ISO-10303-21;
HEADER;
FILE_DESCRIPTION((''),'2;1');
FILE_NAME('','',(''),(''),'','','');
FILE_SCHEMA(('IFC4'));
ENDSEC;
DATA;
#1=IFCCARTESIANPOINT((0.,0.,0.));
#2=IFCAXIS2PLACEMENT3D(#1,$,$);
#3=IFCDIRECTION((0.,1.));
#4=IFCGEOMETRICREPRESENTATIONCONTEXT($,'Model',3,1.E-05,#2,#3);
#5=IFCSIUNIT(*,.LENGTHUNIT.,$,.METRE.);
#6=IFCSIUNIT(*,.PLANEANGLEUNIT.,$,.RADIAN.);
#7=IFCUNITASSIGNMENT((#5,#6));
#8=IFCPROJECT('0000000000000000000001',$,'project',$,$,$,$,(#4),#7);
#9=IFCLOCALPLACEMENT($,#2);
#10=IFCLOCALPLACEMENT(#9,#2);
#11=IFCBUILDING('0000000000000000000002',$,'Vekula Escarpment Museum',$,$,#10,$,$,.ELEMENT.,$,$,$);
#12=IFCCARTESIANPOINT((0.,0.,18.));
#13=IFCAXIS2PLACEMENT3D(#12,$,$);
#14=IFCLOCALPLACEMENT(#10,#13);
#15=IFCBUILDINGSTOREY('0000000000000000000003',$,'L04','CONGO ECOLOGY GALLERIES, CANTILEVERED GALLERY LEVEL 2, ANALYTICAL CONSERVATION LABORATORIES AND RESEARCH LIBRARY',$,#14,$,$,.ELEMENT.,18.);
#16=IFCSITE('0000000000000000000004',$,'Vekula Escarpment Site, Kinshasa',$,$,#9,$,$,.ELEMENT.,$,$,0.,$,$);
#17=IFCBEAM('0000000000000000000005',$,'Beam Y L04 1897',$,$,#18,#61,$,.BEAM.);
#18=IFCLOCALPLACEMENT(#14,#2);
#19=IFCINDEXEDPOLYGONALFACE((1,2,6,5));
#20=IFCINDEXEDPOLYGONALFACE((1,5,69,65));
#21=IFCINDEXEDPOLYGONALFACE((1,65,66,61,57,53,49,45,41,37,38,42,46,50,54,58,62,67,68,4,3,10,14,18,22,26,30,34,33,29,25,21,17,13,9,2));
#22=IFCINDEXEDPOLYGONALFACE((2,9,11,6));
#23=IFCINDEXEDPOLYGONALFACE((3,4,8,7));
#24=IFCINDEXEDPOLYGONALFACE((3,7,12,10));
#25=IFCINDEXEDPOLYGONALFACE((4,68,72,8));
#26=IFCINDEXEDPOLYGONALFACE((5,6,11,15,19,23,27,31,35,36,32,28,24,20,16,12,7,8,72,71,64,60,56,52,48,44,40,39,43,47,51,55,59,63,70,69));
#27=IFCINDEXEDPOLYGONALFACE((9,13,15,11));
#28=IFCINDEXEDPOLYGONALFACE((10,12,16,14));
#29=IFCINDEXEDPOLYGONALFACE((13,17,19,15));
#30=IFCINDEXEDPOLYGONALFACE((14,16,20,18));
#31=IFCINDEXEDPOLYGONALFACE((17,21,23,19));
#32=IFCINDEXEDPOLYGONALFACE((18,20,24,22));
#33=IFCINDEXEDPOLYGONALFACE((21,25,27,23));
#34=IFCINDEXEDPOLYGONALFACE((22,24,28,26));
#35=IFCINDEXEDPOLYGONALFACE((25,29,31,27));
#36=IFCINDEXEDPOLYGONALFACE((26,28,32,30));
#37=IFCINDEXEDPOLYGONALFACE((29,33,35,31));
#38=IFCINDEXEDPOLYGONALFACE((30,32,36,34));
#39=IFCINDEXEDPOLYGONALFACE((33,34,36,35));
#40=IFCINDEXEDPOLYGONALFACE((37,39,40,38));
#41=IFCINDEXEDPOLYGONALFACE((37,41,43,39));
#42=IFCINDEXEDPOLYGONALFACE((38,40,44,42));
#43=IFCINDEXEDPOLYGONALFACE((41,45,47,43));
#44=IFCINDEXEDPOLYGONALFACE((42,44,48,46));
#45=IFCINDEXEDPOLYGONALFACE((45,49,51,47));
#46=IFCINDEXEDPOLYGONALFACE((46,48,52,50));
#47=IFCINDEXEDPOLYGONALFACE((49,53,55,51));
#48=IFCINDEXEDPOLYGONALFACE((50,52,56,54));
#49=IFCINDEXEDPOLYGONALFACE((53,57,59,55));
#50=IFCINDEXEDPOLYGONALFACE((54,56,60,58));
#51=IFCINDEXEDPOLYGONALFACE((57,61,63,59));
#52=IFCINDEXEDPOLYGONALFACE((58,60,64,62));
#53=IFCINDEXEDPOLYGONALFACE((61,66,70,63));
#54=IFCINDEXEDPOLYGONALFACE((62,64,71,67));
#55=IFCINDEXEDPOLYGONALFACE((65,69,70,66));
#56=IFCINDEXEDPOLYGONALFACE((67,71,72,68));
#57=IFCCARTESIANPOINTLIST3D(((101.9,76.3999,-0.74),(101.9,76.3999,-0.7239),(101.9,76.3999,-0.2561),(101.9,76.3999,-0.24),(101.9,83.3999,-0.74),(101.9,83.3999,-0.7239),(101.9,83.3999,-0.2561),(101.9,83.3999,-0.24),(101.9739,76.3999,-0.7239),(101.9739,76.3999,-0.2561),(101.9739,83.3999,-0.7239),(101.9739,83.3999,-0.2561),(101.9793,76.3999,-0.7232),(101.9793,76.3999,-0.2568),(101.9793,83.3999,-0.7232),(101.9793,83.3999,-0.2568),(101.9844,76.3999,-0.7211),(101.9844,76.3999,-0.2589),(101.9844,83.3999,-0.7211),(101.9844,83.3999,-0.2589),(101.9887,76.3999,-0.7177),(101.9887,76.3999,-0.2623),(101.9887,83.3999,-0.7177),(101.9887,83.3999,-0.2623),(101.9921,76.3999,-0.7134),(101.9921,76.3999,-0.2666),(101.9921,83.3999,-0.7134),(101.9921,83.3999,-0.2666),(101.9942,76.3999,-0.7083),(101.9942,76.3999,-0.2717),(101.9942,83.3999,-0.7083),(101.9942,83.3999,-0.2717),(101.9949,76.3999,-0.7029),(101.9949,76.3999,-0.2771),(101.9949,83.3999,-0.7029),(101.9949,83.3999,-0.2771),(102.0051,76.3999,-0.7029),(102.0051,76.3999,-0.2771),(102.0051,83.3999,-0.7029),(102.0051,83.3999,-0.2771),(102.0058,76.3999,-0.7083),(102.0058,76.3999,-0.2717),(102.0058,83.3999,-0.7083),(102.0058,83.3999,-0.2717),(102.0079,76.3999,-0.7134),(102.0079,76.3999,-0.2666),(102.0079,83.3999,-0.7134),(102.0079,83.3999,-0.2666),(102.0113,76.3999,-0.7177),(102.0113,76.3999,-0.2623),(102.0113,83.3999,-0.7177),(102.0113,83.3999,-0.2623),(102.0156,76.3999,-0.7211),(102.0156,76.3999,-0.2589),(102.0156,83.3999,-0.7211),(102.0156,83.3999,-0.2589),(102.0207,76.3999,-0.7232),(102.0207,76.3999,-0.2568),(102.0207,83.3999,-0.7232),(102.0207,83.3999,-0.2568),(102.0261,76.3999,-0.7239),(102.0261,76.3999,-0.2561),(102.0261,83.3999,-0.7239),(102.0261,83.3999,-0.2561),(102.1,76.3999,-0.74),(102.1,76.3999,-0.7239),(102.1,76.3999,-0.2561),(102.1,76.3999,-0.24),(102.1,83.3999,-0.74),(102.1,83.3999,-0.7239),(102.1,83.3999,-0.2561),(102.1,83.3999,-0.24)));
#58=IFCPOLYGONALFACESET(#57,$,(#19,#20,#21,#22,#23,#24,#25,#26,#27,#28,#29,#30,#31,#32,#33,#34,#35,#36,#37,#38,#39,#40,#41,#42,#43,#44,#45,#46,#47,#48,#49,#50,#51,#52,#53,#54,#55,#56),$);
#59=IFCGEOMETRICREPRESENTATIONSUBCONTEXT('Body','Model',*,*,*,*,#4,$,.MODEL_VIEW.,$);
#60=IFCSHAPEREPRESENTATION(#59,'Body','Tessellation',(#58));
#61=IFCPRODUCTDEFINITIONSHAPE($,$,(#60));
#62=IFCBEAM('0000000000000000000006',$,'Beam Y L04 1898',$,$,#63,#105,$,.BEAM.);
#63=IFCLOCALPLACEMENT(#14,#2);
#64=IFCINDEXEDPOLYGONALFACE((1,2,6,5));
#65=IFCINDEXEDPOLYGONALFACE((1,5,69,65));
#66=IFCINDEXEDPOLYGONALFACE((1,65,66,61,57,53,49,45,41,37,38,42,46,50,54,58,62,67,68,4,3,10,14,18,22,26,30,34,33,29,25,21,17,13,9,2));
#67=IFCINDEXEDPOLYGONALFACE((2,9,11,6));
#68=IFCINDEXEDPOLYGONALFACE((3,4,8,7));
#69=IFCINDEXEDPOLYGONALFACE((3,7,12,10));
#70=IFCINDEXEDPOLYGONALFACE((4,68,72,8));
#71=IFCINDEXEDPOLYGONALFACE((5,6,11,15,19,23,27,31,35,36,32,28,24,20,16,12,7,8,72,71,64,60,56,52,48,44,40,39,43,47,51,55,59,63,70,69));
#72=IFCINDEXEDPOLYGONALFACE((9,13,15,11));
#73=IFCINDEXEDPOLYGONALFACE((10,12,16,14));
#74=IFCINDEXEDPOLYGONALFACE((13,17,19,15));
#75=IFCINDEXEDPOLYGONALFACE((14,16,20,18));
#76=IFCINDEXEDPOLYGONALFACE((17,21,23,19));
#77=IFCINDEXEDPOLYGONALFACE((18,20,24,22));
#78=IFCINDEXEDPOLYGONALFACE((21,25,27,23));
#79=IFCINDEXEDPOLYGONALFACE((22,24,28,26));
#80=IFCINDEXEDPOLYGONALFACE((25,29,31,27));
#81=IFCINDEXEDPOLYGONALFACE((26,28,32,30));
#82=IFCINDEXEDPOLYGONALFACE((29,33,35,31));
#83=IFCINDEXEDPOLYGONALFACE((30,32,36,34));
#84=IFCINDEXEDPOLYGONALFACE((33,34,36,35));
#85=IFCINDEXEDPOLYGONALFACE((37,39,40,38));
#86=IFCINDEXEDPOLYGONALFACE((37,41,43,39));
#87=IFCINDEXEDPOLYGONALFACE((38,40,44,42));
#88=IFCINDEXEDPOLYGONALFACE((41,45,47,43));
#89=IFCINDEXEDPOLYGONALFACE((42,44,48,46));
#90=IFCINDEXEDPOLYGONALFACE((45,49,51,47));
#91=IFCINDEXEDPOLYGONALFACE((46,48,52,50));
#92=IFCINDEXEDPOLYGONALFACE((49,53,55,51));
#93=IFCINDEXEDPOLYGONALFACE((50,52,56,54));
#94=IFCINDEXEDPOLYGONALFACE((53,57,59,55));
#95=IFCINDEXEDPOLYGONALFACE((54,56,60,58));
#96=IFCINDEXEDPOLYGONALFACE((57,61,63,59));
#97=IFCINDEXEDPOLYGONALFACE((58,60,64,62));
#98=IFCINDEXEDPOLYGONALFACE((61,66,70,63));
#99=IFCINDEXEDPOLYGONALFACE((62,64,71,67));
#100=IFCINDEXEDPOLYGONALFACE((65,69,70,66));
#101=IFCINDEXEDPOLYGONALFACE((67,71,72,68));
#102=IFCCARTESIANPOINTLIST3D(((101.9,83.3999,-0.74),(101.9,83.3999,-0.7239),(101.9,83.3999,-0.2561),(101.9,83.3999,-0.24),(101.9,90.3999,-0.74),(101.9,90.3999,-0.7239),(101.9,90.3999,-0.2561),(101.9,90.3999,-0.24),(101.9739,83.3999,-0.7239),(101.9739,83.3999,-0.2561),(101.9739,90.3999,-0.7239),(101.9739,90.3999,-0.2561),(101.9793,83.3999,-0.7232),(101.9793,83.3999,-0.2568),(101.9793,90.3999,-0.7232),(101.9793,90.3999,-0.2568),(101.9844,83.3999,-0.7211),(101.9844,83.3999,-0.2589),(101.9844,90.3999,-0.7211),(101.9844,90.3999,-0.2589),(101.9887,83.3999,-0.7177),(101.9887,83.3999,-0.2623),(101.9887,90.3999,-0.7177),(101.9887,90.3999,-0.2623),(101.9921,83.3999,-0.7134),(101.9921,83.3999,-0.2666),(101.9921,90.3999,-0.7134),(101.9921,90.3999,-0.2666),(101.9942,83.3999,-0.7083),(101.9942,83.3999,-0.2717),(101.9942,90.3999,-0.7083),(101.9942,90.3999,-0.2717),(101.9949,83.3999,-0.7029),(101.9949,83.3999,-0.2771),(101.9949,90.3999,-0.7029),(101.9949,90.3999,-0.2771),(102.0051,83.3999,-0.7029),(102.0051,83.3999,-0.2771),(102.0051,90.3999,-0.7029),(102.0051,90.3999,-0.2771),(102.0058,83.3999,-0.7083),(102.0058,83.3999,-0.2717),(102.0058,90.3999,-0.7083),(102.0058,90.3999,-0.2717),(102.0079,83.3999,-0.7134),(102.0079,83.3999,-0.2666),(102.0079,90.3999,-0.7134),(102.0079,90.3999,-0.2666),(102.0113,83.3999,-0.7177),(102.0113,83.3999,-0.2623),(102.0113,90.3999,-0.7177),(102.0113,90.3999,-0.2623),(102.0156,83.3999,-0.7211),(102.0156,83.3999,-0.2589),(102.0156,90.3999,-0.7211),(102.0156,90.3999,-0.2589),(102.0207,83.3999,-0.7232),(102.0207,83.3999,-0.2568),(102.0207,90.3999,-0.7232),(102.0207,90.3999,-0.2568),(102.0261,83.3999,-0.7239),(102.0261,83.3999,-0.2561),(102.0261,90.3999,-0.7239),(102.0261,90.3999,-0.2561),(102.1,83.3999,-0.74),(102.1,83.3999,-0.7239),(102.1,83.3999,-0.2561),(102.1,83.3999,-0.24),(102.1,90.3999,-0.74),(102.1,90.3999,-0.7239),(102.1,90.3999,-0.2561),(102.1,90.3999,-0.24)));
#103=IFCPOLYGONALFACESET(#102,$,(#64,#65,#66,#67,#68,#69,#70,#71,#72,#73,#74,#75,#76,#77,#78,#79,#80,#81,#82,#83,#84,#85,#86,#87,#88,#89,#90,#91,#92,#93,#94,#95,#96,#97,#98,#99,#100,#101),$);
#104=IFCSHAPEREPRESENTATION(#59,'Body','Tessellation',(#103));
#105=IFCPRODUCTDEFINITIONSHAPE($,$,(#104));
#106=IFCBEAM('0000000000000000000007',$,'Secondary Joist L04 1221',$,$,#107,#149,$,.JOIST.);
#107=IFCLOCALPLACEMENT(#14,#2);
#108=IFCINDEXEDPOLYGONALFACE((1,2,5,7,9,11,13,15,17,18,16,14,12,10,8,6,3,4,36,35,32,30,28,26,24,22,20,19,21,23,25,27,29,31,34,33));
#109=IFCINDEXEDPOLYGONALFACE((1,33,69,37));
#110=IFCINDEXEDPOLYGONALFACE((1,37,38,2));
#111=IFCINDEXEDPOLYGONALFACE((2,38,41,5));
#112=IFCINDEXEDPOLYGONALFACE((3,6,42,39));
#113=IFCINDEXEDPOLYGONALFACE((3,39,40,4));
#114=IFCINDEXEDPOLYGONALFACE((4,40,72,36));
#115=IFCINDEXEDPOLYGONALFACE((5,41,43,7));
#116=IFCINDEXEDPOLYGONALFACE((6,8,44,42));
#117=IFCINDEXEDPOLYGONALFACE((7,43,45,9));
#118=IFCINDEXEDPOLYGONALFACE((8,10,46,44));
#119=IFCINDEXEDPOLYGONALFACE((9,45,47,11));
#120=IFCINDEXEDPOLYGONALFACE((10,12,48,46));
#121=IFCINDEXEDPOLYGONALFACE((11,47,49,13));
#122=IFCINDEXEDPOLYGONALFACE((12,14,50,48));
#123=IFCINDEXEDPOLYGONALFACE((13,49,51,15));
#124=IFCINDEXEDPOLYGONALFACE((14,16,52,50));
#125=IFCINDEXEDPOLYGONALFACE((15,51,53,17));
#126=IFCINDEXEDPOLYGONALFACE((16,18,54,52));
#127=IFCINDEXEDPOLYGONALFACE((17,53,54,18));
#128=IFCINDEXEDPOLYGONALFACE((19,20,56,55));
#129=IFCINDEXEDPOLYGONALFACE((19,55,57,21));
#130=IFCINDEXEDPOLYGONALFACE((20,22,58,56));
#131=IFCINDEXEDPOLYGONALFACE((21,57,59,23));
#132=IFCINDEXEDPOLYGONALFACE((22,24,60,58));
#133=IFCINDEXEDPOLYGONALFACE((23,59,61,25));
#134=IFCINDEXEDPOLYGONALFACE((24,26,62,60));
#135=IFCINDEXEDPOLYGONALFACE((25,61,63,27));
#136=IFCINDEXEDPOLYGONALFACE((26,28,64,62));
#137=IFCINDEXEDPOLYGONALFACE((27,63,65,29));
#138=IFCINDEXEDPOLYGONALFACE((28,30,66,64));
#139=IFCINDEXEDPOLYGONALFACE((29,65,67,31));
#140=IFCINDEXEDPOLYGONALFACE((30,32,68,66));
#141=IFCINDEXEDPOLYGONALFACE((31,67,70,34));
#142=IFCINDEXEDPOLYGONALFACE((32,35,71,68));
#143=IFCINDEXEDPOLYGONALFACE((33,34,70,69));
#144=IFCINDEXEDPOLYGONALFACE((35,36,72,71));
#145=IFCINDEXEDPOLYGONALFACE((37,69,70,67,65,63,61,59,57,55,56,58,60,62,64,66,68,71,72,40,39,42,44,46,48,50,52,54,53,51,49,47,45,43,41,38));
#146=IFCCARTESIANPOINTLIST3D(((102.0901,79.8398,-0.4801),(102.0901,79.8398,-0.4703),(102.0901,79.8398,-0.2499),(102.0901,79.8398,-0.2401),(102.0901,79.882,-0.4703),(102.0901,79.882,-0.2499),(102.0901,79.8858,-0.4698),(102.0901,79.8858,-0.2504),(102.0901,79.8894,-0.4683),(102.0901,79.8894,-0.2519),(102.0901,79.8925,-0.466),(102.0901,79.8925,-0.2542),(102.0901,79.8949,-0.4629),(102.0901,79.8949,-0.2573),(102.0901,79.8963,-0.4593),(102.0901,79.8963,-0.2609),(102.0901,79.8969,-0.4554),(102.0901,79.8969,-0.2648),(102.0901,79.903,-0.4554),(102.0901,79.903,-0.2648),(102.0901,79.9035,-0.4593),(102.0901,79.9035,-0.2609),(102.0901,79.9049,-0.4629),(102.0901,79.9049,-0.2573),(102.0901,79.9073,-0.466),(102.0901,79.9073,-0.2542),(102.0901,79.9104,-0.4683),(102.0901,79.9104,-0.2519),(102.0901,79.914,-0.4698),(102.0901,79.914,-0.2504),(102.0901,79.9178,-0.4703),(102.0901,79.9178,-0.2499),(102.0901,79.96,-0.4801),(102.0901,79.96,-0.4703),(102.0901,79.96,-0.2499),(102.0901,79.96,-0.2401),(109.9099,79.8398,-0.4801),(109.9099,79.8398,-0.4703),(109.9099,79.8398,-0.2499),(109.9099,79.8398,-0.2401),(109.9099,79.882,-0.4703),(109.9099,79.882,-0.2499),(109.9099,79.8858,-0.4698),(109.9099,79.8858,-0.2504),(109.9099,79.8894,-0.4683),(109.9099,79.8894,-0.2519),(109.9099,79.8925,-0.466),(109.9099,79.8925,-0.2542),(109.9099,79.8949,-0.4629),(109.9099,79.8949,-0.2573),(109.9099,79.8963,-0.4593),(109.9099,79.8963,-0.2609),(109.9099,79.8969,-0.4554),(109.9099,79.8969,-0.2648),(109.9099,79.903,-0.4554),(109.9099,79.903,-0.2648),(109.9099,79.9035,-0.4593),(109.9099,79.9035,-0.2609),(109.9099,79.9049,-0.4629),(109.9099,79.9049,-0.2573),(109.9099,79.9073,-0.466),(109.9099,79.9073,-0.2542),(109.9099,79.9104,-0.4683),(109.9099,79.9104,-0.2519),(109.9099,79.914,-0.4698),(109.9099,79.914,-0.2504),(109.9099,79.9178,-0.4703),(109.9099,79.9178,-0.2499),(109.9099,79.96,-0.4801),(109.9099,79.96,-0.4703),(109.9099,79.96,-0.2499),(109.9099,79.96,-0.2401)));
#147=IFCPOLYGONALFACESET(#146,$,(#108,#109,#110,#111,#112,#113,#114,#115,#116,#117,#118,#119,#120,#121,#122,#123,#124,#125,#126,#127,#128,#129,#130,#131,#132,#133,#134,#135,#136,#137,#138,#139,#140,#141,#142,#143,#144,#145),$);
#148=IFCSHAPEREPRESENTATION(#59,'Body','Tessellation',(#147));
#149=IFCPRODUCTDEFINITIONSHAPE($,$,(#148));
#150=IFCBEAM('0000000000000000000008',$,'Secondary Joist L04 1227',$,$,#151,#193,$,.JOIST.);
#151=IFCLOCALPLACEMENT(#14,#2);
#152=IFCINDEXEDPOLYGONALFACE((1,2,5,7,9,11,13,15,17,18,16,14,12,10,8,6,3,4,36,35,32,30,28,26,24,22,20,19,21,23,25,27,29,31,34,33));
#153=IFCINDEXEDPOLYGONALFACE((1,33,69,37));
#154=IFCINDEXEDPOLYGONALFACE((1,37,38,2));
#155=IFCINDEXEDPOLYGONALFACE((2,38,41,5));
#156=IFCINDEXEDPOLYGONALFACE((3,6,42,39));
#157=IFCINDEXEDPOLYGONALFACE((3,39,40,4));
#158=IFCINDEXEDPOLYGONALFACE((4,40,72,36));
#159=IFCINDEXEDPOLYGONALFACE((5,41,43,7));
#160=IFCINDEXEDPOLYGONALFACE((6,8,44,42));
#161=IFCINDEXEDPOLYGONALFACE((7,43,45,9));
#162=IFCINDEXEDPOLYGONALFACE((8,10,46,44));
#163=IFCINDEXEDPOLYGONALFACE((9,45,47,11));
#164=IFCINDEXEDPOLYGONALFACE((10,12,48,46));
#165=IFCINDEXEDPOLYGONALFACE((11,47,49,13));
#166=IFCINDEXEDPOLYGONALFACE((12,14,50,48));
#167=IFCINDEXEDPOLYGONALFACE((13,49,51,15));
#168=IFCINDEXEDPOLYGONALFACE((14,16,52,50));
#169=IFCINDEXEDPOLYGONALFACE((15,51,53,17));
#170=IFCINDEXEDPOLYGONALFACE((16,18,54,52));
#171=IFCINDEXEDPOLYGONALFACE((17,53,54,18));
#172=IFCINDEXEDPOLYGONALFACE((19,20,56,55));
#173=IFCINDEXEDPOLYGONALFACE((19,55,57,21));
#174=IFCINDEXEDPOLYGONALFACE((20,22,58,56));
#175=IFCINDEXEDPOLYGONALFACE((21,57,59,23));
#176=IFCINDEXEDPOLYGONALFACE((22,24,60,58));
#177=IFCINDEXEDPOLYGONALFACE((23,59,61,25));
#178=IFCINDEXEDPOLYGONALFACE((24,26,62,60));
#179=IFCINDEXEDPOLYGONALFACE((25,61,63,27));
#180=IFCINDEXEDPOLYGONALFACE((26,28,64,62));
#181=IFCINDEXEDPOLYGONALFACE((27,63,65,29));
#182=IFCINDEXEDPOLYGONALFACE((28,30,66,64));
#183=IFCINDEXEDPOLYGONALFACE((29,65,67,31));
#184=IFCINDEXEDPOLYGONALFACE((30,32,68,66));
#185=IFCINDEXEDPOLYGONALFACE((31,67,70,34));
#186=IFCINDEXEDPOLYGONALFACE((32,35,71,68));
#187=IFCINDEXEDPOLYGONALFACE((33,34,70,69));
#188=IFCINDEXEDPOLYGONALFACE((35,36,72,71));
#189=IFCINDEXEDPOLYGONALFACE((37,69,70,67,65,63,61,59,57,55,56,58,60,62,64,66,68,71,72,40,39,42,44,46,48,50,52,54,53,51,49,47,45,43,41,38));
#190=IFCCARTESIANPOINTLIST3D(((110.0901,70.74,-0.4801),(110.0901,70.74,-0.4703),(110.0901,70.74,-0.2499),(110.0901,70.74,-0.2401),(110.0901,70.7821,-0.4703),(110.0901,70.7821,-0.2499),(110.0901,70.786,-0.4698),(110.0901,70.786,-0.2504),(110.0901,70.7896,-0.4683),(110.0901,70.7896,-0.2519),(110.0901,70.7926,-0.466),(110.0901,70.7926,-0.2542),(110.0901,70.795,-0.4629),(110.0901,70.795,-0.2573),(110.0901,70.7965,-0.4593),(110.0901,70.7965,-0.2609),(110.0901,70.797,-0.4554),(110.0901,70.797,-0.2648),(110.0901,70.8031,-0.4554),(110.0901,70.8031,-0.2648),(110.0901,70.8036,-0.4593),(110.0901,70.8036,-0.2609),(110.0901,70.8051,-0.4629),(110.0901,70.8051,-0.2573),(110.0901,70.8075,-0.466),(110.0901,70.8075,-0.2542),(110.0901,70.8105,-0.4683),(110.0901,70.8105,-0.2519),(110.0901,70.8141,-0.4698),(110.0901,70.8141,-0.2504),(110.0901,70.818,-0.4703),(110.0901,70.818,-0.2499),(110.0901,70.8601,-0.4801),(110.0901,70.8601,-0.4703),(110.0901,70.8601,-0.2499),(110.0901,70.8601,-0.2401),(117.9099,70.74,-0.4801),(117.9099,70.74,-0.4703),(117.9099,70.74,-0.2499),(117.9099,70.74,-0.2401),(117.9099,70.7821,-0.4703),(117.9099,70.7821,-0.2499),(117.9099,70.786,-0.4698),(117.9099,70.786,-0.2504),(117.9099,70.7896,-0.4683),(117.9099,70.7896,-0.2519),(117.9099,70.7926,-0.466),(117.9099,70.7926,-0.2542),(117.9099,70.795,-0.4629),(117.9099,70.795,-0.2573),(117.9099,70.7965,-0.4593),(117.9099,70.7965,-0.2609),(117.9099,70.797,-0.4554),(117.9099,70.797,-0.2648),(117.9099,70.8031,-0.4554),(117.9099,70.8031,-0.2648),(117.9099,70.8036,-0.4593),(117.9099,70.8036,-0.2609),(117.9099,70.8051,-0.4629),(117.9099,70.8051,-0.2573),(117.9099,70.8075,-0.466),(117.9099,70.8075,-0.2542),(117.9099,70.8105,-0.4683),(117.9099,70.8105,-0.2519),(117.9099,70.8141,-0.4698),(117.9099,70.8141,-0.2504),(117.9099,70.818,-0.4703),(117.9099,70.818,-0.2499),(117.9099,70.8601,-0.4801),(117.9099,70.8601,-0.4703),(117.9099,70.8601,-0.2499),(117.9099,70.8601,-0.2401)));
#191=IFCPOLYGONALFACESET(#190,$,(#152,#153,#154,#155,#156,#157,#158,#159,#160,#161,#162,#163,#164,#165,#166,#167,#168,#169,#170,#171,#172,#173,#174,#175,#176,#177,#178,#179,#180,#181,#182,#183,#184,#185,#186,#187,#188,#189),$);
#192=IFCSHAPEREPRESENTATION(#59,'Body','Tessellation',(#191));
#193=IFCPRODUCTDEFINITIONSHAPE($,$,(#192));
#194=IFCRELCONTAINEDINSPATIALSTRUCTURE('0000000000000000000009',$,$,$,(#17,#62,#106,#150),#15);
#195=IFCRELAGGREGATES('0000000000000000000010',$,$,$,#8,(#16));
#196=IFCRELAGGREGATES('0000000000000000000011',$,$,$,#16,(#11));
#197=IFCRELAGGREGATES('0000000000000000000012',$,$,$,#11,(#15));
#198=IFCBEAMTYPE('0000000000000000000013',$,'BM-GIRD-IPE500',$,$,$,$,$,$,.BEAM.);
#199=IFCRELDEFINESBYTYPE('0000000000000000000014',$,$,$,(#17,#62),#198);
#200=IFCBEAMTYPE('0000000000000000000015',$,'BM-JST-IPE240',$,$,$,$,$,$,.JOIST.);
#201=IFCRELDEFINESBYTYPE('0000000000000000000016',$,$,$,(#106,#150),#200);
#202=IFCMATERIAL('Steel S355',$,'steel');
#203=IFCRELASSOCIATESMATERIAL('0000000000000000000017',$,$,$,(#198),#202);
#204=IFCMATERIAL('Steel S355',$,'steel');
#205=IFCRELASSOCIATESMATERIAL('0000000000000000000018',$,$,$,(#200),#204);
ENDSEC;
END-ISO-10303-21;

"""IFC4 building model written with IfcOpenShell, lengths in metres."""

from ifc_helpers import new_model, si_unit, direction, frame, origin, origin_2d, place, context, subcontext, project, spatial, i_section, extrude, material, material_profile, profile_set, type_object, element, save


model = new_model("IFC4")

# Units and contexts
model_context = context("Model", 3, precision=1e-05, world=origin(), true_north=direction((0.0, 1.0)))
body_context = subcontext(model_context, "Body", "Model", "MODEL_VIEW")
ifc_project = project(units=[si_unit("LENGTHUNIT", "METRE"), si_unit("PLANEANGLEUNIT", "RADIAN")], contexts=[model_context])

# Site, building, storey
site_placement = place(None, origin())
site = spatial("IfcSite", under=ifc_project, at=site_placement, Name="Vekula Escarpment Site, Kinshasa", CompositionType="ELEMENT", RefElevation=0.0)
building_placement = place(site_placement, origin())
building = spatial("IfcBuilding", under=site, at=building_placement, Name="Vekula Escarpment Museum", CompositionType="ELEMENT")
storey_placement = place(building_placement, frame((0.0, 0.0, 18.0)))
storey = spatial("IfcBuildingStorey", under=building, at=storey_placement, Name="L04", Description="CONGO ECOLOGY GALLERIES, CANTILEVERED GALLERY LEVEL 2, ANALYTICAL CONSERVATION LABORATORIES AND RESEARCH LIBRARY", CompositionType="ELEMENT", Elevation=18.0)

# Beams
ifc_material_1 = material(Name="Steel S355", Category="steel")
ifc_material_profile_1 = material_profile(ifc_material_1, i_section(OverallWidth=0.2, OverallDepth=0.5, WebThickness=0.0103, FlangeThickness=0.0161, FilletRadius=0.021, at=origin_2d()), Name="IPE 500")
ifc_profile_set_1 = profile_set([ifc_material_profile_1], Name="Steel S355")
beam_type_1 = type_object("IfcBeamType", Name="BM-GIRD-IPE500", PredefinedType="BEAM", material=ifc_profile_set_1)
for number, where, z_axis, x_axis, name in (
    (1, (102.0, 76.3999, -0.49), (0.0, 1.0, 0.0), (-1.0, 0.0, 0.0), "Beam Y L04 1897"),
    (2, (102.0, 83.3999, -0.49), (0.0, 1.0, 0.0), (-1.0, 0.0, 0.0), "Beam Y L04 1898"),
):
    element("IfcBeam", number, at=place(storey_placement, frame(where, z_axis=z_axis, x_axis=x_axis)), inside=storey, type_object=beam_type_1, Name=name, PredefinedType="BEAM", context=body_context, shape_type="SweptSolid", body=[
        extrude(i_section(OverallWidth=0.2, OverallDepth=0.5, WebThickness=0.0103, FlangeThickness=0.0161, FilletRadius=0.021, at=origin_2d()), origin(), (0.0, 0.0, 1.0), 7.0),
    ])
ifc_material_2 = material(Name="Steel S355", Category="steel")
ifc_material_profile_2 = material_profile(ifc_material_2, i_section(OverallWidth=0.1201, OverallDepth=0.24, WebThickness=0.0061, FlangeThickness=0.0098, FilletRadius=0.0149, at=origin_2d()), Name="IPE 240")
ifc_profile_set_2 = profile_set([ifc_material_profile_2], Name="Steel S355")
beam_type_2 = type_object("IfcBeamType", Name="BM-JST-IPE240", PredefinedType="JOIST", material=ifc_profile_set_2)
for number, where, z_axis, x_axis, name in (
    (3, (102.0901, 79.8999, -0.3601), (1.0, 0.0, 0.0), (0.0, 1.0, 0.0), "Secondary Joist L04 1221"),
    (4, (110.0901, 70.8, -0.3601), (1.0, 0.0, 0.0), (0.0, 1.0, 0.0), "Secondary Joist L04 1227"),
):
    element("IfcBeam", number, at=place(storey_placement, frame(where, z_axis=z_axis, x_axis=x_axis)), inside=storey, type_object=beam_type_2, Name=name, PredefinedType="JOIST", context=body_context, shape_type="SweptSolid", body=[
        extrude(i_section(OverallWidth=0.1201, OverallDepth=0.24, WebThickness=0.0061, FlangeThickness=0.0098, FilletRadius=0.0149, at=origin_2d()), origin(), (0.0, 0.0, 1.0), 7.8198),
    ])

save(model, "model.ifc")
